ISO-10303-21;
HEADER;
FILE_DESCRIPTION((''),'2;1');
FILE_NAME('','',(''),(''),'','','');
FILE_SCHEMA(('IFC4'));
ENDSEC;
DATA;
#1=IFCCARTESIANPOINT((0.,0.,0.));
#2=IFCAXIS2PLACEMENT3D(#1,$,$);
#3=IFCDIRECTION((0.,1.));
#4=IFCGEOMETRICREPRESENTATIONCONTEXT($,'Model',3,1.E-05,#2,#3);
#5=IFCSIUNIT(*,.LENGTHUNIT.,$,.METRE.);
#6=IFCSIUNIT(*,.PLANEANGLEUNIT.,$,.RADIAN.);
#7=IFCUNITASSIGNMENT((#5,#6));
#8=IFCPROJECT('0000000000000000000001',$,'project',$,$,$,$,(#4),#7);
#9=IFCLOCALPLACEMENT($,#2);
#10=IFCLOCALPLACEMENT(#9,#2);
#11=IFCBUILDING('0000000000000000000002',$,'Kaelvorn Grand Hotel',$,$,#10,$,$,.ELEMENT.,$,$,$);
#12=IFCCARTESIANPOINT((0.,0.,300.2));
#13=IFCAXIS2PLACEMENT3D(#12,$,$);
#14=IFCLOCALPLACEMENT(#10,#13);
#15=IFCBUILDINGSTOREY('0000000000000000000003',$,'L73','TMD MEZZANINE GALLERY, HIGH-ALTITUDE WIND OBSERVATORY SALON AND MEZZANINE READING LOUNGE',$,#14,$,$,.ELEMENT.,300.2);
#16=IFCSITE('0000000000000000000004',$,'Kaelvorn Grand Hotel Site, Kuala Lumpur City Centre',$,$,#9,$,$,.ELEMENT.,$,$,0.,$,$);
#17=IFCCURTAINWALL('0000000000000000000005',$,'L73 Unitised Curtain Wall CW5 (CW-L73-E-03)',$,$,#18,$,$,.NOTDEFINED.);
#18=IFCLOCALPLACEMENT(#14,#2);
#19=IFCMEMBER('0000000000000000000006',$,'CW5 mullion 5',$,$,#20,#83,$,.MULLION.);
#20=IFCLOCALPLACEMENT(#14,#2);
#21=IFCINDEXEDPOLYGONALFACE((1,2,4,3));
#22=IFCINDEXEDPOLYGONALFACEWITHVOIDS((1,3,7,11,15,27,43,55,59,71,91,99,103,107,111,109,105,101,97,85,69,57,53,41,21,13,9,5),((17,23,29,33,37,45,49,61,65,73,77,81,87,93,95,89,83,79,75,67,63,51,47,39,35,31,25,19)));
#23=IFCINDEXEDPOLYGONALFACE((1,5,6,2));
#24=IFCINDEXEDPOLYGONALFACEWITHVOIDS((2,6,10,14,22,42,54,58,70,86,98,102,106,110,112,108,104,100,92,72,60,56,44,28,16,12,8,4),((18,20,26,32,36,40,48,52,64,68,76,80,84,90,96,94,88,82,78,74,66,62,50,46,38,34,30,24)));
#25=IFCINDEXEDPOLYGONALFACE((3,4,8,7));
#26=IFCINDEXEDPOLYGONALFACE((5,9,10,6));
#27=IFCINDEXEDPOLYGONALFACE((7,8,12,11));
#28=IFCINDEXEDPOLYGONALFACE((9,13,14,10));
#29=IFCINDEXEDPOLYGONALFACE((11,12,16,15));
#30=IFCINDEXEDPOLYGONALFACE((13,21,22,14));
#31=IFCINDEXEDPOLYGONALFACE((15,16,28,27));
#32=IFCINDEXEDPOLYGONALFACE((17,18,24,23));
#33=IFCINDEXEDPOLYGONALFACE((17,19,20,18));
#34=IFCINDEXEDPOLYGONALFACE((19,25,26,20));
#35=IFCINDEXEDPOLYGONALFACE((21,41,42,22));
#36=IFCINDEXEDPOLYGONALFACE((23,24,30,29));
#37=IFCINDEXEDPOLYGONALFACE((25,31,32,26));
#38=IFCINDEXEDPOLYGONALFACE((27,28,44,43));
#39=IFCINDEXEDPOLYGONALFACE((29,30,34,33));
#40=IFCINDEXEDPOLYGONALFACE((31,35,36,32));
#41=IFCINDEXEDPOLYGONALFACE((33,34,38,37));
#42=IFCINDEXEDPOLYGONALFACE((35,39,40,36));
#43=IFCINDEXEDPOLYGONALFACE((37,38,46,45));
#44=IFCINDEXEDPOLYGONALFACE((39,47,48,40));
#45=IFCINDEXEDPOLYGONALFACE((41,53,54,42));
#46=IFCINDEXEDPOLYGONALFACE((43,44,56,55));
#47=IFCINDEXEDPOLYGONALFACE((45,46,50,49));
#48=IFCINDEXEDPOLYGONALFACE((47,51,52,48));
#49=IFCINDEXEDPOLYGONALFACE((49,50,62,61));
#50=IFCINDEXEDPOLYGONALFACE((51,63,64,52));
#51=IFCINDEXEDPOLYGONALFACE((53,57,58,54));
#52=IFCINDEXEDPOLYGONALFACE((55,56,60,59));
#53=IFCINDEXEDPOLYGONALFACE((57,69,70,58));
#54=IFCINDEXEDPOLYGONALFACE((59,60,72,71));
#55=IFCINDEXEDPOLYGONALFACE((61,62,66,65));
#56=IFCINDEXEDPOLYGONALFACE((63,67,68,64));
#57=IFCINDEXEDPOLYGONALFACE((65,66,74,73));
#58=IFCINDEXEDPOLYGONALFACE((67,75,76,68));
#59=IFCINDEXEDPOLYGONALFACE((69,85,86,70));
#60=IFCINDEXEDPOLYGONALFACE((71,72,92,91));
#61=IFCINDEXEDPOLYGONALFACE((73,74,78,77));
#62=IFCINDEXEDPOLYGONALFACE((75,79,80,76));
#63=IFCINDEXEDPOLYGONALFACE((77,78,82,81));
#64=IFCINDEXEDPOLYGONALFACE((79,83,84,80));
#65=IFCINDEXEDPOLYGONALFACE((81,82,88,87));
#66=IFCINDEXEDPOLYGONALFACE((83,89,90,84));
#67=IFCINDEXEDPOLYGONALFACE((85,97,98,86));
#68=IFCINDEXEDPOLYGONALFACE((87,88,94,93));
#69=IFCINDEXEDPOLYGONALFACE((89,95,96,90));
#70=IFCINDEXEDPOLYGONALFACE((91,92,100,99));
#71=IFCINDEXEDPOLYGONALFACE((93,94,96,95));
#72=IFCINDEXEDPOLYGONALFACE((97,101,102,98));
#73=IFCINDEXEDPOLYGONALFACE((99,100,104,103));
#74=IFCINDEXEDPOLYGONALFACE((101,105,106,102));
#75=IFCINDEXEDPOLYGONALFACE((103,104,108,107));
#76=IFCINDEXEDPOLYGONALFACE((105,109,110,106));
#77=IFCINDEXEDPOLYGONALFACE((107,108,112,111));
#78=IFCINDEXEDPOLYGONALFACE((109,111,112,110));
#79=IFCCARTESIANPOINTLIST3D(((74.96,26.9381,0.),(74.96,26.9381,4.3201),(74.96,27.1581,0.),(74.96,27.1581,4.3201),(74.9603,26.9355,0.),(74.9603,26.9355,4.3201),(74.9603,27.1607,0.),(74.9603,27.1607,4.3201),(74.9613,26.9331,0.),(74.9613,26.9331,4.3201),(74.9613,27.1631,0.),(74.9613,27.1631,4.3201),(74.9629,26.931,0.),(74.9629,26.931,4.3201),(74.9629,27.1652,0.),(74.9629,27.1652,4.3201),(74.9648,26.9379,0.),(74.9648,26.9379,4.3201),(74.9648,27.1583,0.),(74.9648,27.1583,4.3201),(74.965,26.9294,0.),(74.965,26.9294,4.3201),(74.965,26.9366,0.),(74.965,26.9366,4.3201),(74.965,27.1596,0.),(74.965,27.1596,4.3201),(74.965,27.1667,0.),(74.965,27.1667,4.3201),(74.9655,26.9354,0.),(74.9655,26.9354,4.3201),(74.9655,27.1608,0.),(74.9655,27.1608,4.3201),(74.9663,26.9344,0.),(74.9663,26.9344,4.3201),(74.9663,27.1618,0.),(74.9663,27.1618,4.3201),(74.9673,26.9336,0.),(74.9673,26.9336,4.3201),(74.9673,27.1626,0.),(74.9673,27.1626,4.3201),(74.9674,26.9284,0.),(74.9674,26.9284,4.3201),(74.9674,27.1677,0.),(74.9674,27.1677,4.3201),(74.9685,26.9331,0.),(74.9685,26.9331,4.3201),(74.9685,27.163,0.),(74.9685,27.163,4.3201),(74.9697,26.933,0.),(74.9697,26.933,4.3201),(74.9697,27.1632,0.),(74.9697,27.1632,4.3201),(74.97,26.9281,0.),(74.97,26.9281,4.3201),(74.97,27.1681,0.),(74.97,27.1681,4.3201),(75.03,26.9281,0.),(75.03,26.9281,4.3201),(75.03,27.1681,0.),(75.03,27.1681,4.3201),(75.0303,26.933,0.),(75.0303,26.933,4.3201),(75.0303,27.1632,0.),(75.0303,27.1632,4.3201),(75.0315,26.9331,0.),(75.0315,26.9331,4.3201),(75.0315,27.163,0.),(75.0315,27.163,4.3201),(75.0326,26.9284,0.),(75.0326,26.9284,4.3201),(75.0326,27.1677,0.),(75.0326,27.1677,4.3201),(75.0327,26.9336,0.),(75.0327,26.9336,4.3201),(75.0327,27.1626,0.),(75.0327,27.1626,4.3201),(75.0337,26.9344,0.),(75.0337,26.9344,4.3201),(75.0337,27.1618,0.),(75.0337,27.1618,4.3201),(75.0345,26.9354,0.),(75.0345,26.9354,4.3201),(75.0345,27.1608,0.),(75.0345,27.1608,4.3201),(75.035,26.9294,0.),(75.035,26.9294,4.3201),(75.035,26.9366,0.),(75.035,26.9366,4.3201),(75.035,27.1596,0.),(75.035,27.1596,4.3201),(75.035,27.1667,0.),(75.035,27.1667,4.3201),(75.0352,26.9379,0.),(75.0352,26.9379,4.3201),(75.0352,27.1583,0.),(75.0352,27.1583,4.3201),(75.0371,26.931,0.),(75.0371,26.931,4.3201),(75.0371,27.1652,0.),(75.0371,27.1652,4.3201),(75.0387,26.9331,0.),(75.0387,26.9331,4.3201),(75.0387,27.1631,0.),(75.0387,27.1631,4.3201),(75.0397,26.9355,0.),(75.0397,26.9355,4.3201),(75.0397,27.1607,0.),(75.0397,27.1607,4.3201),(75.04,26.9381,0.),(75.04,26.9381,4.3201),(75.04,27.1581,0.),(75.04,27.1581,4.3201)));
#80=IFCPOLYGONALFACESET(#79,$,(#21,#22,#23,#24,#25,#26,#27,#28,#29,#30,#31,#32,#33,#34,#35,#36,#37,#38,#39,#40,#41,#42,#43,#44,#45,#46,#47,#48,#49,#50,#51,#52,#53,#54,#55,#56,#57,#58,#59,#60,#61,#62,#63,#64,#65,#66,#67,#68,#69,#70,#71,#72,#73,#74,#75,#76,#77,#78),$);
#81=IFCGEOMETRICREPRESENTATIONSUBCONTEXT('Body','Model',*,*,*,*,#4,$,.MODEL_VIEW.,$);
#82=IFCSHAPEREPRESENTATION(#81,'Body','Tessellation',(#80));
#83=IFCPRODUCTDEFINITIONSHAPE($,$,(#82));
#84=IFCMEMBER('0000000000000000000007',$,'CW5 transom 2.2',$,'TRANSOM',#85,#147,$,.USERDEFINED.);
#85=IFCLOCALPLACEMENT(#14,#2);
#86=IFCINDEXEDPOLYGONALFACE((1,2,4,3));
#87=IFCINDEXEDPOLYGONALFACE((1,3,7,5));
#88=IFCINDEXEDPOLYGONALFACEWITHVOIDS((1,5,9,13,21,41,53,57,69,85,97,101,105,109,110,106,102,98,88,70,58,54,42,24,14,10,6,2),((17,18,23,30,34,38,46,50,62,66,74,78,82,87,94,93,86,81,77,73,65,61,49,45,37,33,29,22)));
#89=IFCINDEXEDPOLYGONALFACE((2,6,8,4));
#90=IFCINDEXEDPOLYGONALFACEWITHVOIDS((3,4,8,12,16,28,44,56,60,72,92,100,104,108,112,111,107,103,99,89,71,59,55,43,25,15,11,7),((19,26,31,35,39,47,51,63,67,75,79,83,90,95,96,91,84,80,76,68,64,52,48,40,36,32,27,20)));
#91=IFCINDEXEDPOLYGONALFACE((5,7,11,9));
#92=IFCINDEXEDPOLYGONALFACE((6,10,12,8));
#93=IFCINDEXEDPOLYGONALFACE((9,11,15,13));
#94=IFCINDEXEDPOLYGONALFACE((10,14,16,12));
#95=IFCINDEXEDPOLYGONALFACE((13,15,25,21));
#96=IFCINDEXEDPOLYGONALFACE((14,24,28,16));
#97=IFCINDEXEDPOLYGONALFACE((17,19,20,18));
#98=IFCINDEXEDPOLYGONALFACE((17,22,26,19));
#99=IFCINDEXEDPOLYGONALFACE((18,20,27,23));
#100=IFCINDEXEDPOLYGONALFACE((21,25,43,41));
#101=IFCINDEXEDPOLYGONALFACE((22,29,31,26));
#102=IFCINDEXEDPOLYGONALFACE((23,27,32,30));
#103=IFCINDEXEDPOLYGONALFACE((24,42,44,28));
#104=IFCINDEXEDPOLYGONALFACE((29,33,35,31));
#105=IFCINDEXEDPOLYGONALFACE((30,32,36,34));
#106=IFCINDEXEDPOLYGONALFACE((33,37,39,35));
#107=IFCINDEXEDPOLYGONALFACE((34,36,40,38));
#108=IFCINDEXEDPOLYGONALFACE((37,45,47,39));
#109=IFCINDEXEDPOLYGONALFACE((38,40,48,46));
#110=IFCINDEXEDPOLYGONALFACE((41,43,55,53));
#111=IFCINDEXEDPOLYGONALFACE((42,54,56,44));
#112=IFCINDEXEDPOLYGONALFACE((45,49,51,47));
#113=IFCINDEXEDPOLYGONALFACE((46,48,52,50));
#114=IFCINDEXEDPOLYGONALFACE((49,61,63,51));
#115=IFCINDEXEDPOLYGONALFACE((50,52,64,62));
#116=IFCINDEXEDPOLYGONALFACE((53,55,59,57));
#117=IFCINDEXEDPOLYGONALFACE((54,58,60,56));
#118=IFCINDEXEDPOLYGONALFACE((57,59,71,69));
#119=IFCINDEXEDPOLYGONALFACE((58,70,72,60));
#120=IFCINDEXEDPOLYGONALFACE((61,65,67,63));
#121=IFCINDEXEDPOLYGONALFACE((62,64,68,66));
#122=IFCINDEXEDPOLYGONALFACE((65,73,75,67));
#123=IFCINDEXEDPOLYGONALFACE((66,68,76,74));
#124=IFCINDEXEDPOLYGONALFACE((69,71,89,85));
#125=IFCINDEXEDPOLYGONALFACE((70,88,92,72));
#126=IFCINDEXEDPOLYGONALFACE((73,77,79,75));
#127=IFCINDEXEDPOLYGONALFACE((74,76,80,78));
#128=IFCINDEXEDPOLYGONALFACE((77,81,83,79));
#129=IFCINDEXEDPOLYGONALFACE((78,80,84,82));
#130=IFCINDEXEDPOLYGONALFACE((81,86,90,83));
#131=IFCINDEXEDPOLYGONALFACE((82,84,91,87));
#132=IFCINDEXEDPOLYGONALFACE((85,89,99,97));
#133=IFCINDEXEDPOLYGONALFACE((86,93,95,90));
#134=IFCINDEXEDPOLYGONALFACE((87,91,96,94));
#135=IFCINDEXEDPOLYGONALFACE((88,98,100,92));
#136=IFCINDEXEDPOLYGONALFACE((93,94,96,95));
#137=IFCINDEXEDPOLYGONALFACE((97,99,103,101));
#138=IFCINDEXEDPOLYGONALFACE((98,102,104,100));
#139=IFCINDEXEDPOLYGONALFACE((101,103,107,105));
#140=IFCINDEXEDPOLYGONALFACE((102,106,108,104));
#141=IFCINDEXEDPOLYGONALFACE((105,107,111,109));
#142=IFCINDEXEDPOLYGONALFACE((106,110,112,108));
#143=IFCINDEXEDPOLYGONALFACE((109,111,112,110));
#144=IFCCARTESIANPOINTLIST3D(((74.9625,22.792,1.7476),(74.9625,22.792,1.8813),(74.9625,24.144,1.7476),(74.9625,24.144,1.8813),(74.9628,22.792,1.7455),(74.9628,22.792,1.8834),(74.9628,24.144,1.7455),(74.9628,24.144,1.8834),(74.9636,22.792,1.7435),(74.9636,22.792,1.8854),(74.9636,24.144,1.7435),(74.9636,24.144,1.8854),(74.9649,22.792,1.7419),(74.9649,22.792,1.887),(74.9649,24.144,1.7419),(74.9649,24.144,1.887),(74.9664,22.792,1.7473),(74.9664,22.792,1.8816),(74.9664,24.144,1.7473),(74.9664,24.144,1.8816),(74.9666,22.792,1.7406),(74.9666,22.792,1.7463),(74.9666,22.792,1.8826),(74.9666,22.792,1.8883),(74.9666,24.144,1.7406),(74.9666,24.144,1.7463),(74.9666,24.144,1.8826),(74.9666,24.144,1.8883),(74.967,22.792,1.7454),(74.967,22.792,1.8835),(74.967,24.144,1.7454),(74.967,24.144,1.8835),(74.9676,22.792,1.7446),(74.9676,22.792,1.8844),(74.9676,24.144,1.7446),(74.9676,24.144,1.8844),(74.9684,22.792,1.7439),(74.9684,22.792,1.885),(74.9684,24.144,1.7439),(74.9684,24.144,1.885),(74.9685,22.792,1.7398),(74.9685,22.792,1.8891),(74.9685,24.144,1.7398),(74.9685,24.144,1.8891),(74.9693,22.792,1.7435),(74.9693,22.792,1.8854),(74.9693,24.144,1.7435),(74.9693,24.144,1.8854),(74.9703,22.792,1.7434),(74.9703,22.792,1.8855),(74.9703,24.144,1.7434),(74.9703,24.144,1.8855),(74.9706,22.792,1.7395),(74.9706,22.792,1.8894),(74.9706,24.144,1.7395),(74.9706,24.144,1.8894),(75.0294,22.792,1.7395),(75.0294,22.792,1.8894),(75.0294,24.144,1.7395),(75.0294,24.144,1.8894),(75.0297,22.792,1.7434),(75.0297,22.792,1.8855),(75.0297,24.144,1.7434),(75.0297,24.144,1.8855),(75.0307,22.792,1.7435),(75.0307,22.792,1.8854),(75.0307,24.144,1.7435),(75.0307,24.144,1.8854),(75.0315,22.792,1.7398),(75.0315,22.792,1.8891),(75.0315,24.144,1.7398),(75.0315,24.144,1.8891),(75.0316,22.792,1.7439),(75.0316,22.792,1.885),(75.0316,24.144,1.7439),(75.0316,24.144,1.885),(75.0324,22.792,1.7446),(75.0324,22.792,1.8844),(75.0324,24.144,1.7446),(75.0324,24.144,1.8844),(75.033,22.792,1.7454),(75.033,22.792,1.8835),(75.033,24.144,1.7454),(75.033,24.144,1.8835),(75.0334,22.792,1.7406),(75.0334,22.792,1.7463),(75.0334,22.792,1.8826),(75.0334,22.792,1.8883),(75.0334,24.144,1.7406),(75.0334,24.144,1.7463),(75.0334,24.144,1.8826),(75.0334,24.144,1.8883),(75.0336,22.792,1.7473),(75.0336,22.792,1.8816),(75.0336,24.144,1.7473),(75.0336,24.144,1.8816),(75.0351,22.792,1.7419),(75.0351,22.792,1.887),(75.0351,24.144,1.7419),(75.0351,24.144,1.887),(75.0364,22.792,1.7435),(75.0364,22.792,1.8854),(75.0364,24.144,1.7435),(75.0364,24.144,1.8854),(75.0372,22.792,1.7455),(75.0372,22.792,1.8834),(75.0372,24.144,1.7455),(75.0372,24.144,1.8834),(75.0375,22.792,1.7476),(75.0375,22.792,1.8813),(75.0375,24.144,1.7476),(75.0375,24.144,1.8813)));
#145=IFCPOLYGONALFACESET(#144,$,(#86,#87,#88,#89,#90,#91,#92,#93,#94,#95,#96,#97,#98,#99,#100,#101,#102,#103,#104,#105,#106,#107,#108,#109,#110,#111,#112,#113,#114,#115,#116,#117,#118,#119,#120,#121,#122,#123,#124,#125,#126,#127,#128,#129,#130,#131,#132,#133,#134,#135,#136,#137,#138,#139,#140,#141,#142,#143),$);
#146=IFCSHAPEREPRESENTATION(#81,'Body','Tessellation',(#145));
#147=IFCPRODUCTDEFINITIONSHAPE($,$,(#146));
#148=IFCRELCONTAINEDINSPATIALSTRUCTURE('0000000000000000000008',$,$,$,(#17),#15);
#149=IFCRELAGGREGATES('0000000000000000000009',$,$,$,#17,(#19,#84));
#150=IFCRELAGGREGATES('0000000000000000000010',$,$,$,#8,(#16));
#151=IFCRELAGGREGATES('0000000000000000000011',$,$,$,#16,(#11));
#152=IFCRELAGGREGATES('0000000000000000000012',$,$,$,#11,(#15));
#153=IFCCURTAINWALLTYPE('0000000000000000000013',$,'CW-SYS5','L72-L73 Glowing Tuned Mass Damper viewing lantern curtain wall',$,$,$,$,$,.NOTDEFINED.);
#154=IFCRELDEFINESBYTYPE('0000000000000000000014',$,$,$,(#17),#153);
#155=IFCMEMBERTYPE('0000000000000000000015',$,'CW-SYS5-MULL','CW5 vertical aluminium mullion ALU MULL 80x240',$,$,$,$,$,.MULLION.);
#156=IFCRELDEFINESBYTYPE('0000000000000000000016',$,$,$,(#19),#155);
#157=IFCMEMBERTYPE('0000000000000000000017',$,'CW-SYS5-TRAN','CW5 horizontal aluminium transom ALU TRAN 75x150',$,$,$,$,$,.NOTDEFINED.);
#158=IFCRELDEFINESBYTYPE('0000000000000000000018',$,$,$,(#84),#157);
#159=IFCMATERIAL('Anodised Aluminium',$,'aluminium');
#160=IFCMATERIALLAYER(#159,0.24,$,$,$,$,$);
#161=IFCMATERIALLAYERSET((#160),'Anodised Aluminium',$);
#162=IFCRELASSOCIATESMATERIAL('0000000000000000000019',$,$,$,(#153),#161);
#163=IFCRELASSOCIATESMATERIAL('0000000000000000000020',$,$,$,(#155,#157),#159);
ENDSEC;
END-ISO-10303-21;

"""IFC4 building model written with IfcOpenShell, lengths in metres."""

from ifc_helpers import new_model, si_unit, direction, frame, origin, origin_2d, place, context, subcontext, project, spatial, hollow_rectangle, extrude, material, layer, layer_set, material_profile, profile_set, type_object, element, aggregate, save


model = new_model("IFC4")

# Units and contexts
model_context = context("Model", 3, precision=1e-05, world=origin(), true_north=direction((0.0, 1.0)))
body_context = subcontext(model_context, "Body", "Model", "MODEL_VIEW")
ifc_project = project(units=[si_unit("LENGTHUNIT", "METRE"), si_unit("PLANEANGLEUNIT", "RADIAN")], contexts=[model_context])

# Site, building, storey
site_placement = place(None, origin())
site = spatial("IfcSite", under=ifc_project, at=site_placement, Name="Kaelvorn Grand Hotel Site, Kuala Lumpur City Centre", CompositionType="ELEMENT", RefElevation=0.0)
building_placement = place(site_placement, origin())
building = spatial("IfcBuilding", under=site, at=building_placement, Name="Kaelvorn Grand Hotel", CompositionType="ELEMENT")
storey_placement = place(building_placement, frame((0.0, 0.0, 300.2)))
storey = spatial("IfcBuildingStorey", under=building, at=storey_placement, Name="L73", Description="TMD MEZZANINE GALLERY, HIGH-ALTITUDE WIND OBSERVATORY SALON AND MEZZANINE READING LOUNGE", CompositionType="ELEMENT", Elevation=300.2)

# Curtain wall, members
ifc_material_1 = material(Name="Anodised Aluminium", Category="aluminium")
ifc_layer_1 = layer(ifc_material_1, 0.24)
ifc_layer_set_1 = layer_set([ifc_layer_1], Name="Anodised Aluminium")
curtain_wall_type = type_object("IfcCurtainWallType", Name="CW-SYS5", Description="L72-L73 Glowing Tuned Mass Damper viewing lantern curtain wall", PredefinedType="NOTDEFINED", material=ifc_layer_set_1)
curtain_wall_placement = place(storey_placement, origin())
curtain_wall = element("IfcCurtainWall", 1, at=curtain_wall_placement, inside=storey, type_object=curtain_wall_type, Name="L73 Unitised Curtain Wall CW5 (CW-L73-E-03)", PredefinedType="NOTDEFINED")
ifc_material_profile_1 = material_profile(ifc_material_1, hollow_rectangle(XDim=0.0801, YDim=0.24, WallThickness=0.0049, InnerFilletRadius=0.0049, OuterFilletRadius=0.01, at=origin_2d()), Name="ALU MULL 80x240")
ifc_profile_set_1 = profile_set([ifc_material_profile_1], Name="Anodised Aluminium")
member_type_1 = type_object("IfcMemberType", Name="CW-SYS5-MULL", Description="CW5 vertical aluminium mullion ALU MULL 80x240", PredefinedType="MULLION", material=ifc_profile_set_1)
member_1_placement = place(storey_placement, frame((75.0, 27.0481, 0.0), z_axis=(0.0, 0.0, 1.0), x_axis=(-1.0, 0.0, 0.0)))
member_1 = element("IfcMember", 2, at=member_1_placement, type_object=member_type_1, Name="CW5 mullion 5", PredefinedType="MULLION", context=body_context, shape_type="SweptSolid", body=[
    extrude(hollow_rectangle(XDim=0.0801, YDim=0.24, WallThickness=0.0049, InnerFilletRadius=0.0049, OuterFilletRadius=0.01, at=origin_2d()), origin(), (0.0, 0.0, 1.0), 4.3201),
])
ifc_material_profile_2 = material_profile(ifc_material_1, hollow_rectangle(XDim=0.075, YDim=0.1499, WallThickness=0.0039, InnerFilletRadius=0.0039, OuterFilletRadius=0.0081, at=origin_2d()), Name="ALU TRAN 75x150")
ifc_profile_set_2 = profile_set([ifc_material_profile_2], Name="Anodised Aluminium")
member_type_2 = type_object("IfcMemberType", Name="CW-SYS5-TRAN", Description="CW5 horizontal aluminium transom ALU TRAN 75x150", PredefinedType="NOTDEFINED", material=ifc_profile_set_2)
member_2_placement = place(storey_placement, frame((75.0, 22.792, 1.8145), z_axis=(0.0, 1.0, 0.0), x_axis=(-1.0, 0.0, 0.0)))
member_2 = element("IfcMember", 3, at=member_2_placement, type_object=member_type_2, Name="CW5 transom 2.2", ObjectType="TRANSOM", PredefinedType="USERDEFINED", context=body_context, shape_type="SweptSolid", body=[
    extrude(hollow_rectangle(XDim=0.075, YDim=0.1499, WallThickness=0.0039, InnerFilletRadius=0.0039, OuterFilletRadius=0.0081, at=origin_2d()), origin(), (0.0, 0.0, 1.0), 1.3521),
])
aggregate(curtain_wall, [member_1, member_2])

save(model, "model.ifc")
